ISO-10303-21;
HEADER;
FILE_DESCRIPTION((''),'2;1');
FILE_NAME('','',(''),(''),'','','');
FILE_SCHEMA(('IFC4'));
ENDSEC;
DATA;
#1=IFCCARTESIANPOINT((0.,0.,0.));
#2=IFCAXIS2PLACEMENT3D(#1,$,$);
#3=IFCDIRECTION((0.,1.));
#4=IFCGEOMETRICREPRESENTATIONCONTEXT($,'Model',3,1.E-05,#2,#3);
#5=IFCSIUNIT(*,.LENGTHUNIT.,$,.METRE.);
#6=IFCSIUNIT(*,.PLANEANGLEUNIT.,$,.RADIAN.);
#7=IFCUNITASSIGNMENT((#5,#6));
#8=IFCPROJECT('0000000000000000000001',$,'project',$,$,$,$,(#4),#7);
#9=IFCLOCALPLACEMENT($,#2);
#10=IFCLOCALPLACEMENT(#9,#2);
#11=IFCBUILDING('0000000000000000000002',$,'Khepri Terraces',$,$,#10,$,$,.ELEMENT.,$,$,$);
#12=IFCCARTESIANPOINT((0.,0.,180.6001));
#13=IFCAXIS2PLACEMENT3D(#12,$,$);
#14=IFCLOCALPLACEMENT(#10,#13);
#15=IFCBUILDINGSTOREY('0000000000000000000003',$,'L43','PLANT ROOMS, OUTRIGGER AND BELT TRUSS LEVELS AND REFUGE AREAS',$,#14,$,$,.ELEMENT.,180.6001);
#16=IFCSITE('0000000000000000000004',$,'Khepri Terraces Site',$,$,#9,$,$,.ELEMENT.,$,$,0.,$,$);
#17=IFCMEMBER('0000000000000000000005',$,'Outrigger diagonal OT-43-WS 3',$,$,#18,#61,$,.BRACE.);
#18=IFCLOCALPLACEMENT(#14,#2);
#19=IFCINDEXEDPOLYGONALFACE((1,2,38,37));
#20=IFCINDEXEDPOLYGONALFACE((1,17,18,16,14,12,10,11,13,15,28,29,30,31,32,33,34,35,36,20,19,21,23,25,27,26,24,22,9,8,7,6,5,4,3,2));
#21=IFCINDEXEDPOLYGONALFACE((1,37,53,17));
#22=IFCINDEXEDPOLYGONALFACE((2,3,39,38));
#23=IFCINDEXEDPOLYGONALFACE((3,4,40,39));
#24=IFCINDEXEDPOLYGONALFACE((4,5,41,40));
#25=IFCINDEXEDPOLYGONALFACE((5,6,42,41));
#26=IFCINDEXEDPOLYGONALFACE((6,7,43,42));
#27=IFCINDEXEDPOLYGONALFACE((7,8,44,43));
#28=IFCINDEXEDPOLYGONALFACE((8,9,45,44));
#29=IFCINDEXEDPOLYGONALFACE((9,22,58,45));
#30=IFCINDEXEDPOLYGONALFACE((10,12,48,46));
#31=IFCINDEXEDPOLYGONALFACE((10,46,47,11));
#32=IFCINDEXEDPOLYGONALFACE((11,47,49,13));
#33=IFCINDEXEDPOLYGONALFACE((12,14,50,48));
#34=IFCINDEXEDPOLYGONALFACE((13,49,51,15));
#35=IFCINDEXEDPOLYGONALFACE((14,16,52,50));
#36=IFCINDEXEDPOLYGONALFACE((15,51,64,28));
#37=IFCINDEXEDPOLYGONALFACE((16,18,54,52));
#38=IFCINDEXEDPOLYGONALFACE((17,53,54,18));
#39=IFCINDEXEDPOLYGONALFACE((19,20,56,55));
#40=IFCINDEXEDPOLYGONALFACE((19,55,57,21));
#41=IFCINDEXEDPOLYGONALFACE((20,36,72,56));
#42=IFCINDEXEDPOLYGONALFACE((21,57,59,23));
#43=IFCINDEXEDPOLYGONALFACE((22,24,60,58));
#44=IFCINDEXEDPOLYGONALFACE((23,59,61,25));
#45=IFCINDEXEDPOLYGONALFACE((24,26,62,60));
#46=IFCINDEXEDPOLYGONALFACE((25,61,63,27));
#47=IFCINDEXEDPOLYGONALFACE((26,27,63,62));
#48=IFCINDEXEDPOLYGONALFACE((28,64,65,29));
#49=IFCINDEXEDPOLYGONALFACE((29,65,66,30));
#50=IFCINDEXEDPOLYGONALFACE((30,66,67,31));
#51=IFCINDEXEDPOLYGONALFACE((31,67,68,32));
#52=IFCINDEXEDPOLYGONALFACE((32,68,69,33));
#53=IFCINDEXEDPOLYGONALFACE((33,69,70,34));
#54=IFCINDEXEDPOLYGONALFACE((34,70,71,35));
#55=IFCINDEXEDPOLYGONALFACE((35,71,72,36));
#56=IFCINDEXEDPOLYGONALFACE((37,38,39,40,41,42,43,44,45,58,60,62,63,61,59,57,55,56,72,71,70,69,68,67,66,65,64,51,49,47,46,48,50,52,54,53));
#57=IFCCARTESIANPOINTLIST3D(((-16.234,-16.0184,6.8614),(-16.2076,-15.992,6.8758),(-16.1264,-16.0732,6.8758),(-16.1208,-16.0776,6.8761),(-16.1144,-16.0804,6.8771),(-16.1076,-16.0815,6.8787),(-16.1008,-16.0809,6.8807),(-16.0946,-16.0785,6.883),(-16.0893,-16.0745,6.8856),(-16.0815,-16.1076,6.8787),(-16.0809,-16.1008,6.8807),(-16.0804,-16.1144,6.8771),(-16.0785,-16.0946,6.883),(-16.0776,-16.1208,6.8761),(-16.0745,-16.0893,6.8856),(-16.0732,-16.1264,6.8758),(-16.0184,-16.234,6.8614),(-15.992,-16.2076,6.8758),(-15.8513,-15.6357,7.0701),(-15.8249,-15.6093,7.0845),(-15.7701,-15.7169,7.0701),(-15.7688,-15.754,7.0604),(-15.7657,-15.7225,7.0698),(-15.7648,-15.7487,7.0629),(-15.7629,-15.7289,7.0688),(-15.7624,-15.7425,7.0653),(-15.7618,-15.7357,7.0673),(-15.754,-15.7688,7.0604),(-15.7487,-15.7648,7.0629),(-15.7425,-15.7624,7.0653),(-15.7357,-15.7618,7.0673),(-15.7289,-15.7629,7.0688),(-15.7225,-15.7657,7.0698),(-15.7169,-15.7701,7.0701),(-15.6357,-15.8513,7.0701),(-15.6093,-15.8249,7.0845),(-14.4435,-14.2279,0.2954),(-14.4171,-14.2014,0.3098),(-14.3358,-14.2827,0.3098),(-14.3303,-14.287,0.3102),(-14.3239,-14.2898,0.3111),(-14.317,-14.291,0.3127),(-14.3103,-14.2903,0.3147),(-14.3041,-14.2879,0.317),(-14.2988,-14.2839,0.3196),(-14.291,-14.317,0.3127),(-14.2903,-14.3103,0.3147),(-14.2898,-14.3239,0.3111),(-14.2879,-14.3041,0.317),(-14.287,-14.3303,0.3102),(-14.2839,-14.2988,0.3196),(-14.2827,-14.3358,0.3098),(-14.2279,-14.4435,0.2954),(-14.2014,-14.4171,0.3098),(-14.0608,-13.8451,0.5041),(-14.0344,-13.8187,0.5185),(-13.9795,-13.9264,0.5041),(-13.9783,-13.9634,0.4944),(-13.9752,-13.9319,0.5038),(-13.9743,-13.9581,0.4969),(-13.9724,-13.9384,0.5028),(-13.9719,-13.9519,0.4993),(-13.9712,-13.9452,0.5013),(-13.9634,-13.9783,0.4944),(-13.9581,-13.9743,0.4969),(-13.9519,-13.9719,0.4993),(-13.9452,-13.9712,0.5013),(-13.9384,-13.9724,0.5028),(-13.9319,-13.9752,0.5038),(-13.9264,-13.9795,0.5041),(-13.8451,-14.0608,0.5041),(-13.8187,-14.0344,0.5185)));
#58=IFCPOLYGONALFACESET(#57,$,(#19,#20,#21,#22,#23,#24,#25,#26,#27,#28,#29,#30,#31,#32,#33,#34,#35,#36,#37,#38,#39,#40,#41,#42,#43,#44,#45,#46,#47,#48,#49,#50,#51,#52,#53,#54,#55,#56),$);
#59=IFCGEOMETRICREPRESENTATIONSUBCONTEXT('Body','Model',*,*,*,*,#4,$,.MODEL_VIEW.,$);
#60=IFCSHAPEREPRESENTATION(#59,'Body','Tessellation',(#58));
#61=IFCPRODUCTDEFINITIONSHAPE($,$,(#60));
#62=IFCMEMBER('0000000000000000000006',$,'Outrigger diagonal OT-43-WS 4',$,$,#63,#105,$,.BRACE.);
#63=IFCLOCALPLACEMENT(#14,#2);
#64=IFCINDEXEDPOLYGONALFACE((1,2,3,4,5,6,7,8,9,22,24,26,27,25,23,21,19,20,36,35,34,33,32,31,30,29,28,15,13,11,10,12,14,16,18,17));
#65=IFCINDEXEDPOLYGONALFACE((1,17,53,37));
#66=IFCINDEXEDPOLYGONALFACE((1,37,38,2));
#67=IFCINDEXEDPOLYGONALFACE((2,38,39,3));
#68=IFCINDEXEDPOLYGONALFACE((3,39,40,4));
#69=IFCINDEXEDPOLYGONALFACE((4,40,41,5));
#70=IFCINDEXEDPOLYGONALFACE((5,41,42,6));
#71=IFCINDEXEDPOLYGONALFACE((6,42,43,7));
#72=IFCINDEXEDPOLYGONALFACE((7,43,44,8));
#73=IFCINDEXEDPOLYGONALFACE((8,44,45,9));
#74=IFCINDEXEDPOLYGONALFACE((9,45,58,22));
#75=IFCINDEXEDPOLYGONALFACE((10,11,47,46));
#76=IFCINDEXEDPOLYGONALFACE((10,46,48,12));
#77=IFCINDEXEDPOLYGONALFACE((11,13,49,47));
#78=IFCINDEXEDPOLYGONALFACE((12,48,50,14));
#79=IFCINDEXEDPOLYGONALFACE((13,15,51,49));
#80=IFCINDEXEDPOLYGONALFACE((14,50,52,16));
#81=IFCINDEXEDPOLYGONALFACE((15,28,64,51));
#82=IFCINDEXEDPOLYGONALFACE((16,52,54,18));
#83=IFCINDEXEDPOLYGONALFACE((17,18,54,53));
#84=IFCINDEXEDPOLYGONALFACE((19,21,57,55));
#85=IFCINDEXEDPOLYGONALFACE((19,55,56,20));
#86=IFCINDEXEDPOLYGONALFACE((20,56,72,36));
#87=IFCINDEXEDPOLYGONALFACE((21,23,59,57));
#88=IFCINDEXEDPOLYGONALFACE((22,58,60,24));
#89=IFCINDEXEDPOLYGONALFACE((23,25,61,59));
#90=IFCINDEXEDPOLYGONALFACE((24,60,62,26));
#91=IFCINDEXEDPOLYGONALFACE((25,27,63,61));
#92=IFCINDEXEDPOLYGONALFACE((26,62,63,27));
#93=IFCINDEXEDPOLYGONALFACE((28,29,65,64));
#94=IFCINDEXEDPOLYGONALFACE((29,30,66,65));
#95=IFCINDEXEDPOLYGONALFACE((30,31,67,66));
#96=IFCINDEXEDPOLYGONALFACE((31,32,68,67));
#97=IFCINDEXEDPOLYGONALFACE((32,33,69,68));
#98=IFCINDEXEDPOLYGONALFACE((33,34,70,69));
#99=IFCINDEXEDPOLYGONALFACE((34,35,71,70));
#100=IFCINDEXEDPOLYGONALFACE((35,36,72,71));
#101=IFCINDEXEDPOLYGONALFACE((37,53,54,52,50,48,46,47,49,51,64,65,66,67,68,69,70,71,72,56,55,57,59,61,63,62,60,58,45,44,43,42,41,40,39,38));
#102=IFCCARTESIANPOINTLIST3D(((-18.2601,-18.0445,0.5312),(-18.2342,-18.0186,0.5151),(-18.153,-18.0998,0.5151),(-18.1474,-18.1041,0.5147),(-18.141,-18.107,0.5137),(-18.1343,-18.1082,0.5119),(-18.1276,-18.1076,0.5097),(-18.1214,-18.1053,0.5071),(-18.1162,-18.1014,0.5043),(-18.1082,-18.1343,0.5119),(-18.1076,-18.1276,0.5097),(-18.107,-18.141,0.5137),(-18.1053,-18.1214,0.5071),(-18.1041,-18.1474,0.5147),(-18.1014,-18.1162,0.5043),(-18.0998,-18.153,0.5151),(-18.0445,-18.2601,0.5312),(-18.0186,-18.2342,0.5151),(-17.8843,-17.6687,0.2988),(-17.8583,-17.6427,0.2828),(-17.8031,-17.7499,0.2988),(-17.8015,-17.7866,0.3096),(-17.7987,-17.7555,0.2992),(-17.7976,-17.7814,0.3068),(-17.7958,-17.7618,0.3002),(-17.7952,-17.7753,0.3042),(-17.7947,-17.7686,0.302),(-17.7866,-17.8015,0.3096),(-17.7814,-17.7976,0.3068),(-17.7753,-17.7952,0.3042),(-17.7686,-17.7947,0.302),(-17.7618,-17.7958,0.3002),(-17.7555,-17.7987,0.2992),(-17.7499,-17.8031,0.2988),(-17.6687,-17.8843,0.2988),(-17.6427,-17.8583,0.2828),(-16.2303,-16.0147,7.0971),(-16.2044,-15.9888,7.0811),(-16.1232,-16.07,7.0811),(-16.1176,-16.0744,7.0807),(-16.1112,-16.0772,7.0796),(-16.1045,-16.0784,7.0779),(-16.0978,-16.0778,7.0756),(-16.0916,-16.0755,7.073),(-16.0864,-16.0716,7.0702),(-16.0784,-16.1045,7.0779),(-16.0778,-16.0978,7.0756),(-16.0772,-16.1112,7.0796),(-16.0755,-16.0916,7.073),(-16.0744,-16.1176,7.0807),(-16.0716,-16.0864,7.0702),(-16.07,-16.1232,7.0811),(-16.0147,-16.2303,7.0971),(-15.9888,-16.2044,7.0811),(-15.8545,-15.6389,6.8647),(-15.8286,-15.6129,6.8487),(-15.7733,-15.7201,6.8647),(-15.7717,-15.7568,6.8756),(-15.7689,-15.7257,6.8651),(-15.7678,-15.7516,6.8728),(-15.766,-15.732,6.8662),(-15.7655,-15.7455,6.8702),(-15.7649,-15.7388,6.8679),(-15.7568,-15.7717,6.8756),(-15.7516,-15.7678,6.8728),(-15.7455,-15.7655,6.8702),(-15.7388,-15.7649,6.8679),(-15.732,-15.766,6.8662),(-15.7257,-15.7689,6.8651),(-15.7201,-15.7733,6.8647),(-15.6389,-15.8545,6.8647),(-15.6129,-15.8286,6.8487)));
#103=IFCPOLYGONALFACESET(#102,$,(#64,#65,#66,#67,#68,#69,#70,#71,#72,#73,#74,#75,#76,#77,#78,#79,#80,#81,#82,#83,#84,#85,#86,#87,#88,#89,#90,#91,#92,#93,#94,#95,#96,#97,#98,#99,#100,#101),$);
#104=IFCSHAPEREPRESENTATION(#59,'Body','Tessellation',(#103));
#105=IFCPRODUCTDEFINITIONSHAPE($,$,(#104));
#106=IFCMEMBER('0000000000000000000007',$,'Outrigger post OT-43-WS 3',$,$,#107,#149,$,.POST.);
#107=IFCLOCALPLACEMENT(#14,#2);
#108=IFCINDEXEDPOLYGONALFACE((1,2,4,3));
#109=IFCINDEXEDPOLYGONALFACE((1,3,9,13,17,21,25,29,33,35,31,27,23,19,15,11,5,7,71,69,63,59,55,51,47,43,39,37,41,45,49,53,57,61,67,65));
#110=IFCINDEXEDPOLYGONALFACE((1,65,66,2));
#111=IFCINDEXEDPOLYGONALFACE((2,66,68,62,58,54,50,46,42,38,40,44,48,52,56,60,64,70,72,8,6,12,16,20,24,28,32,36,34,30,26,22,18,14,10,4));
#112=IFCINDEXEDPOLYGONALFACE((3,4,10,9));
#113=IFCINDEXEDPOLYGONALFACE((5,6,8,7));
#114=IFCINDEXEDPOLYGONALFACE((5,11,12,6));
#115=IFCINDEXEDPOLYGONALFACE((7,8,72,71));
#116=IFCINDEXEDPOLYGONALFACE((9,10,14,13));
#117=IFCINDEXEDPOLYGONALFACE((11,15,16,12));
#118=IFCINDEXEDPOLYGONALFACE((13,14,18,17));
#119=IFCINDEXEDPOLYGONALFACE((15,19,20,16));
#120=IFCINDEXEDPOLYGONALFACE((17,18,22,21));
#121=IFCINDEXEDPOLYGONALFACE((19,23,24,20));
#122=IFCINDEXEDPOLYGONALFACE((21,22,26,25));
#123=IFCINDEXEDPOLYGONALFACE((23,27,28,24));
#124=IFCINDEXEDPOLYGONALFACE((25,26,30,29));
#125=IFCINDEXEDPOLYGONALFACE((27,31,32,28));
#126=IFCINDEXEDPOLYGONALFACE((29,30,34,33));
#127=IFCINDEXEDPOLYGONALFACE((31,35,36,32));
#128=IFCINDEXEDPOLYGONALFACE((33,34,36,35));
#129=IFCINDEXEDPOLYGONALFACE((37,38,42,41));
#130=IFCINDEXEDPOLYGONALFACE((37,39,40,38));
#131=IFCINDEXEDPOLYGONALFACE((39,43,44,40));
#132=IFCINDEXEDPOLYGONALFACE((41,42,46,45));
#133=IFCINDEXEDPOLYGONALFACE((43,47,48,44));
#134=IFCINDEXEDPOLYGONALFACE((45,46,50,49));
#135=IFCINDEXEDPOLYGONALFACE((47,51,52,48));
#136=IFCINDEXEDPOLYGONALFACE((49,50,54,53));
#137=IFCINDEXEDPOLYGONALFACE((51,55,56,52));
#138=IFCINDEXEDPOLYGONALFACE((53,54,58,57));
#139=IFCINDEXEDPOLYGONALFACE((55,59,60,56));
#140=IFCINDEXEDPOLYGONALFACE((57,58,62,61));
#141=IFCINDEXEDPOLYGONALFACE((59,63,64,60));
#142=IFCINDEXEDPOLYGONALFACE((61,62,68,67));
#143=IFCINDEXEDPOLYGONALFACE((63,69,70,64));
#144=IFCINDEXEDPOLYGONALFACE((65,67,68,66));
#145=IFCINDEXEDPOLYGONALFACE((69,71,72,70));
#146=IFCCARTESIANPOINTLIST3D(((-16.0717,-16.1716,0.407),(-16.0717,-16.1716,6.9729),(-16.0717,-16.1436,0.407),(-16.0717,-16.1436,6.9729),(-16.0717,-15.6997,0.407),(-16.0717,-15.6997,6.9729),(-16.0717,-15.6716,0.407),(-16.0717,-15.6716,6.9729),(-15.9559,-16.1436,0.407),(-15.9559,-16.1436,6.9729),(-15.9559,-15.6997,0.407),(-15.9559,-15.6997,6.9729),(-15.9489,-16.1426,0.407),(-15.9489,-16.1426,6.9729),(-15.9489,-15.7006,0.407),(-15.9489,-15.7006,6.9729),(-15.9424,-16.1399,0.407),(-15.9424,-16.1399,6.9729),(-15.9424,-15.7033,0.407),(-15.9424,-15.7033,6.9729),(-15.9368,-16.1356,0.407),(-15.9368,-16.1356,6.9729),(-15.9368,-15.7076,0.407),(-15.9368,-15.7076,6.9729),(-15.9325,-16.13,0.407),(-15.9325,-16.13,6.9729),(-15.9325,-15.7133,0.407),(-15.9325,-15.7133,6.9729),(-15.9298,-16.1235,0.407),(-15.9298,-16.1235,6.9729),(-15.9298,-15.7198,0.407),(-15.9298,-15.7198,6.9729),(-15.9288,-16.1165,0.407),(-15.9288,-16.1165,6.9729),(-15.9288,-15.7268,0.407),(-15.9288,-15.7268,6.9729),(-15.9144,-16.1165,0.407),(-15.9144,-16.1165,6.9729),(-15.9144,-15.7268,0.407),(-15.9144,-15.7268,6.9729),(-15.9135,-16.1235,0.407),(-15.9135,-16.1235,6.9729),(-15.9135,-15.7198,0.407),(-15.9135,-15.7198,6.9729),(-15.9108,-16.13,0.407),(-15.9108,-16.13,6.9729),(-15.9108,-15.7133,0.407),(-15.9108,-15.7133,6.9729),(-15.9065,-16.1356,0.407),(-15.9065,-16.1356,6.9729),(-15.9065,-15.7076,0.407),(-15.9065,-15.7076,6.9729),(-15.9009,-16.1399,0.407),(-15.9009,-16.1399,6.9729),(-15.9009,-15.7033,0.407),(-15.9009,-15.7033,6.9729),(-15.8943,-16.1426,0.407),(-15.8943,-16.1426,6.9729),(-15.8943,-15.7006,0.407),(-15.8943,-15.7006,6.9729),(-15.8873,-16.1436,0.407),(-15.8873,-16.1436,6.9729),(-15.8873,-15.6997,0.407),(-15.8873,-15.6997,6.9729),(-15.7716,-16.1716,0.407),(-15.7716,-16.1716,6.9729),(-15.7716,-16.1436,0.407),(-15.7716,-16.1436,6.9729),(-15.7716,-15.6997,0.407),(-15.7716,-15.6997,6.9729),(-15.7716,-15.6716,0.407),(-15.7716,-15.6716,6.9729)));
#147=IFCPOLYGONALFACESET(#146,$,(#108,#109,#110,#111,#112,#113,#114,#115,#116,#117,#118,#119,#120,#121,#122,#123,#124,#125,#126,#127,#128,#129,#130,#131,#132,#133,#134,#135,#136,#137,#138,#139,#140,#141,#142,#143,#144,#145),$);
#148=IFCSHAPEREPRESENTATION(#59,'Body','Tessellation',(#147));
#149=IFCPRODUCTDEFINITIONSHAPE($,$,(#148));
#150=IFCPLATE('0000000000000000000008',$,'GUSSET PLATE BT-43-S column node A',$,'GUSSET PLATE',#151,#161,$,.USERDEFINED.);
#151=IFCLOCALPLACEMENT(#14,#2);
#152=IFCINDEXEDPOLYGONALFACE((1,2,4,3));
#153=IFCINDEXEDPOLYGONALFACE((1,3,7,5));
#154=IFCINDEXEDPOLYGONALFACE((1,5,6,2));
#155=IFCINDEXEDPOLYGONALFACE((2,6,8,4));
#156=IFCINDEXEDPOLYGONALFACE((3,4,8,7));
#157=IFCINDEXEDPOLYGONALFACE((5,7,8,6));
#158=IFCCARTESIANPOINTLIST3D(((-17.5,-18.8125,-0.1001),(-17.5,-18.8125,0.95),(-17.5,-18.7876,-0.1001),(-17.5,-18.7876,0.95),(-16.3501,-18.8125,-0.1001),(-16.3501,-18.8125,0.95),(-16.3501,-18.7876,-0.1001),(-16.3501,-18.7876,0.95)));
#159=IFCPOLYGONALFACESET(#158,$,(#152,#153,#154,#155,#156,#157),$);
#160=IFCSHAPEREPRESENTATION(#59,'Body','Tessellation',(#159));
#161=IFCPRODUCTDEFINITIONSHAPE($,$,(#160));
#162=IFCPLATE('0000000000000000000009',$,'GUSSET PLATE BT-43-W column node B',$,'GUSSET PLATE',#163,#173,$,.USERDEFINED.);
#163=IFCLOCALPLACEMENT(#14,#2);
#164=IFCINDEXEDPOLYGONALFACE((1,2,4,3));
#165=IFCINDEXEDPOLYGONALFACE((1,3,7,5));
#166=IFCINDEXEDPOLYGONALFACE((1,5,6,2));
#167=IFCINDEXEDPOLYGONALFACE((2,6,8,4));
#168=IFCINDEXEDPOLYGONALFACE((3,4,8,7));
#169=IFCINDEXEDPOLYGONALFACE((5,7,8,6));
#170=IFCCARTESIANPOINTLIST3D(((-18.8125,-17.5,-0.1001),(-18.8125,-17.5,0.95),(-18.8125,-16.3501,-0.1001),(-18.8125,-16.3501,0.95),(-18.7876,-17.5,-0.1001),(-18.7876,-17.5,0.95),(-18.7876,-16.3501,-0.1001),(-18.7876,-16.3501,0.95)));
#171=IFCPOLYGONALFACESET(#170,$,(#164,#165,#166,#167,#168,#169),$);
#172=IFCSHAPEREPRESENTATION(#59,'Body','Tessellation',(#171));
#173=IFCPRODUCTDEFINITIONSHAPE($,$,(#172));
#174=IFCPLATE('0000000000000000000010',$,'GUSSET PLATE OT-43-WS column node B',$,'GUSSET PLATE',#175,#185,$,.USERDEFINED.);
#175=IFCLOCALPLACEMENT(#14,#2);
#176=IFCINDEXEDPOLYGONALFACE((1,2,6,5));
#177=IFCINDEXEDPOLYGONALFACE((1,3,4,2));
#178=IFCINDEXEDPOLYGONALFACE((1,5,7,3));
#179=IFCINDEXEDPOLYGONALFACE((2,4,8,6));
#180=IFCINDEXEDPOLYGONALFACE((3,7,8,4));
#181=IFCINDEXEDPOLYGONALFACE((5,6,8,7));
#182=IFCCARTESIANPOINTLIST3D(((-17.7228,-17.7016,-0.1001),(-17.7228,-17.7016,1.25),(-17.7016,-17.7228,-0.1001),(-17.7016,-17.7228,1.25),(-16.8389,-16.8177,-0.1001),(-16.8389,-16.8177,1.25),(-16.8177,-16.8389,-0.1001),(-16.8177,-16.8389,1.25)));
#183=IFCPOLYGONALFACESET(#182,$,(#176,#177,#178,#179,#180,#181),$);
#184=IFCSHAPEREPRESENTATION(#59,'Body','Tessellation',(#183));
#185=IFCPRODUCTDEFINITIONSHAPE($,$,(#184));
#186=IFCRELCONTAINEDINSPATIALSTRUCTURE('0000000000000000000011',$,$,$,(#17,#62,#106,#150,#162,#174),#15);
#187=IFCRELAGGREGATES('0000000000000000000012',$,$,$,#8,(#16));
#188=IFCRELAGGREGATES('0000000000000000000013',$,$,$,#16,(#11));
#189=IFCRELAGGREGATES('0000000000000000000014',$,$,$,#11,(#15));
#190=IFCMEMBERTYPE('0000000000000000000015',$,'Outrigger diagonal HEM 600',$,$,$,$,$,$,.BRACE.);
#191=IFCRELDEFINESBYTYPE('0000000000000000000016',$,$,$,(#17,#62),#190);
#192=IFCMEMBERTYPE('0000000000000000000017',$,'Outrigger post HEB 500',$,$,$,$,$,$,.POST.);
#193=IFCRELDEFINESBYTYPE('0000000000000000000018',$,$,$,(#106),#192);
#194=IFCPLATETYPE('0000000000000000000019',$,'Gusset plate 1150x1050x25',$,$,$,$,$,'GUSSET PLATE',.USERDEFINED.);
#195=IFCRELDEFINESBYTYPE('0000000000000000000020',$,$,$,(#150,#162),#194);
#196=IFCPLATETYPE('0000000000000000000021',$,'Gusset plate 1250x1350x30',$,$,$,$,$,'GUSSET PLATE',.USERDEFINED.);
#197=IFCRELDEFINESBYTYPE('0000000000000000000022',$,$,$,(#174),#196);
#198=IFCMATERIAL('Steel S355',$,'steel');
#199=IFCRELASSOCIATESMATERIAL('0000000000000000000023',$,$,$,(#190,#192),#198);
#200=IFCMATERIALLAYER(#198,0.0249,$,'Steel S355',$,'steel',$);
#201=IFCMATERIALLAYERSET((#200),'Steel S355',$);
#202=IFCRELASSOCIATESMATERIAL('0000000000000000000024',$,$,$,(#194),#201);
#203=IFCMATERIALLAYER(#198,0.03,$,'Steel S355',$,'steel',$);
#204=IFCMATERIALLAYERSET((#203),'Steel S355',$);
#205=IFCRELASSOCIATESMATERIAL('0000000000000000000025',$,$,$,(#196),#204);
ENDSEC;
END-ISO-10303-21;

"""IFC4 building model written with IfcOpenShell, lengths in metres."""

from ifc_helpers import new_model, si_unit, direction, frame, origin, origin_2d, place, context, subcontext, project, spatial, rectangle, i_section, extrude, material, layer, layer_set, material_profile, profile_set, type_object, element, save


model = new_model("IFC4")

# Units and contexts
model_context = context("Model", 3, precision=1e-05, world=origin(), true_north=direction((0.0, 1.0)))
body_context = subcontext(model_context, "Body", "Model", "MODEL_VIEW")
ifc_project = project(units=[si_unit("LENGTHUNIT", "METRE"), si_unit("PLANEANGLEUNIT", "RADIAN")], contexts=[model_context])

# Site, building, storey
site_placement = place(None, origin())
site = spatial("IfcSite", under=ifc_project, at=site_placement, Name="Khepri Terraces Site", CompositionType="ELEMENT", RefElevation=0.0)
building_placement = place(site_placement, origin())
building = spatial("IfcBuilding", under=site, at=building_placement, Name="Khepri Terraces", CompositionType="ELEMENT")
storey_placement = place(building_placement, frame((0.0, 0.0, 180.6001)))
storey = spatial("IfcBuildingStorey", under=building, at=storey_placement, Name="L43", Description="PLANT ROOMS, OUTRIGGER AND BELT TRUSS LEVELS AND REFUGE AREAS", CompositionType="ELEMENT", Elevation=180.6001)

# Members
ifc_material_1 = material(Name="Steel S355", Category="steel")
ifc_material_profile_1 = material_profile(ifc_material_1, i_section(OverallWidth=0.3049, OverallDepth=0.6201, WebThickness=0.021, FlangeThickness=0.04, FilletRadius=0.0271, at=origin_2d()), Name="Steel S355", Category="steel")
ifc_profile_set_1 = profile_set([ifc_material_profile_1], Name="Steel S355")
member_type_1 = type_object("IfcMemberType", Name="Outrigger diagonal HEM 600", PredefinedType="BRACE", material=ifc_profile_set_1)
member_1_placement = place(storey_placement, frame((-14.1311, -14.1311, 0.407), z_axis=(-0.254435, -0.254435, 0.93302), x_axis=(0.707107, -0.707107, 0.0)))
element("IfcMember", 1, at=member_1_placement, inside=storey, type_object=member_type_1, Name="Outrigger diagonal OT-43-WS 3", PredefinedType="BRACE", context=body_context, shape_type="SweptSolid", body=[
    extrude(i_section(OverallWidth=0.3049, OverallDepth=0.6201, WebThickness=0.021, FlangeThickness=0.04, FilletRadius=0.0271, at=origin_2d()), origin(), (0.0, 0.0, 1.0), 7.0374),
])
member_2_placement = place(storey_placement, frame((-15.9216, -15.9216, 6.9729), z_axis=(-0.283253, -0.283253, -0.916262), x_axis=(0.707107, -0.707107, 0.0)))
element("IfcMember", 2, at=member_2_placement, inside=storey, type_object=member_type_1, Name="Outrigger diagonal OT-43-WS 4", PredefinedType="BRACE", context=body_context, shape_type="SweptSolid", body=[
    extrude(i_section(OverallWidth=0.3049, OverallDepth=0.6201, WebThickness=0.021, FlangeThickness=0.04, FilletRadius=0.0271, at=origin_2d()), origin(), (0.0, 0.0, 1.0), 7.166),
])
ifc_material_profile_2 = material_profile(ifc_material_1, i_section(OverallWidth=0.3, OverallDepth=0.5, WebThickness=0.0144, FlangeThickness=0.0281, FilletRadius=0.0271, at=origin_2d()), Name="Steel S355", Category="steel")
ifc_profile_set_2 = profile_set([ifc_material_profile_2], Name="Steel S355")
member_type_2 = type_object("IfcMemberType", Name="Outrigger post HEB 500", PredefinedType="POST", material=ifc_profile_set_2)
member_3_placement = place(storey_placement, frame((-15.9216, -15.9216, 0.407), z_axis=(0.0, 0.0, 1.0), x_axis=(1.0, 0.0, 0.0)))
element("IfcMember", 3, at=member_3_placement, inside=storey, type_object=member_type_2, Name="Outrigger post OT-43-WS 3", PredefinedType="POST", context=body_context, shape_type="SweptSolid", body=[
    extrude(i_section(OverallWidth=0.3, OverallDepth=0.5, WebThickness=0.0144, FlangeThickness=0.0281, FilletRadius=0.0271, at=origin_2d()), origin(), (0.0, 0.0, 1.0), 6.5659),
])

# Plates
ifc_layer_1 = layer(ifc_material_1, 0.0249, Name="Steel S355", Category="steel")
ifc_layer_set_1 = layer_set([ifc_layer_1], Name="Steel S355")
plate_type_1 = type_object("IfcPlateType", Name="Gusset plate 1150x1050x25", ElementType="GUSSET PLATE", PredefinedType="USERDEFINED", material=ifc_layer_set_1)
for number, where, z_axis, x_axis, name in (
    (4, (-16.925, -18.8, -0.1001), (0.0, 0.0, 1.0), (1.0, 0.0, 0.0), "GUSSET PLATE BT-43-S column node A"),
    (5, (-18.8, -16.925, -0.1001), (0.0, 0.0, 1.0), (0.0, -1.0, 0.0), "GUSSET PLATE BT-43-W column node B"),
):
    element("IfcPlate", number, at=place(storey_placement, frame(where, z_axis=z_axis, x_axis=x_axis)), inside=storey, type_object=plate_type_1, Name=name, ObjectType="GUSSET PLATE", PredefinedType="USERDEFINED", context=body_context, shape_type="SweptSolid", body=[
        extrude(rectangle(XDim=1.1499, YDim=0.0249, at=origin_2d()), origin(), (0.0, 0.0, 1.0), 1.05),
    ])
ifc_layer_2 = layer(ifc_material_1, 0.03, Name="Steel S355", Category="steel")
ifc_layer_set_2 = layer_set([ifc_layer_2], Name="Steel S355")
plate_type_2 = type_object("IfcPlateType", Name="Gusset plate 1250x1350x30", ElementType="GUSSET PLATE", PredefinedType="USERDEFINED", material=ifc_layer_set_2)
plate_placement = place(storey_placement, frame((-17.2703, -17.2703, -0.1001), z_axis=(0.0, 0.0, 1.0), x_axis=(-0.707107, -0.707107, 0.0)))
element("IfcPlate", 6, at=plate_placement, inside=storey, type_object=plate_type_2, Name="GUSSET PLATE OT-43-WS column node B", ObjectType="GUSSET PLATE", PredefinedType="USERDEFINED", context=body_context, shape_type="SweptSolid", body=[
    extrude(rectangle(XDim=1.25, YDim=0.03, at=origin_2d()), origin(), (0.0, 0.0, 1.0), 1.3501),
])

save(model, "model.ifc")
